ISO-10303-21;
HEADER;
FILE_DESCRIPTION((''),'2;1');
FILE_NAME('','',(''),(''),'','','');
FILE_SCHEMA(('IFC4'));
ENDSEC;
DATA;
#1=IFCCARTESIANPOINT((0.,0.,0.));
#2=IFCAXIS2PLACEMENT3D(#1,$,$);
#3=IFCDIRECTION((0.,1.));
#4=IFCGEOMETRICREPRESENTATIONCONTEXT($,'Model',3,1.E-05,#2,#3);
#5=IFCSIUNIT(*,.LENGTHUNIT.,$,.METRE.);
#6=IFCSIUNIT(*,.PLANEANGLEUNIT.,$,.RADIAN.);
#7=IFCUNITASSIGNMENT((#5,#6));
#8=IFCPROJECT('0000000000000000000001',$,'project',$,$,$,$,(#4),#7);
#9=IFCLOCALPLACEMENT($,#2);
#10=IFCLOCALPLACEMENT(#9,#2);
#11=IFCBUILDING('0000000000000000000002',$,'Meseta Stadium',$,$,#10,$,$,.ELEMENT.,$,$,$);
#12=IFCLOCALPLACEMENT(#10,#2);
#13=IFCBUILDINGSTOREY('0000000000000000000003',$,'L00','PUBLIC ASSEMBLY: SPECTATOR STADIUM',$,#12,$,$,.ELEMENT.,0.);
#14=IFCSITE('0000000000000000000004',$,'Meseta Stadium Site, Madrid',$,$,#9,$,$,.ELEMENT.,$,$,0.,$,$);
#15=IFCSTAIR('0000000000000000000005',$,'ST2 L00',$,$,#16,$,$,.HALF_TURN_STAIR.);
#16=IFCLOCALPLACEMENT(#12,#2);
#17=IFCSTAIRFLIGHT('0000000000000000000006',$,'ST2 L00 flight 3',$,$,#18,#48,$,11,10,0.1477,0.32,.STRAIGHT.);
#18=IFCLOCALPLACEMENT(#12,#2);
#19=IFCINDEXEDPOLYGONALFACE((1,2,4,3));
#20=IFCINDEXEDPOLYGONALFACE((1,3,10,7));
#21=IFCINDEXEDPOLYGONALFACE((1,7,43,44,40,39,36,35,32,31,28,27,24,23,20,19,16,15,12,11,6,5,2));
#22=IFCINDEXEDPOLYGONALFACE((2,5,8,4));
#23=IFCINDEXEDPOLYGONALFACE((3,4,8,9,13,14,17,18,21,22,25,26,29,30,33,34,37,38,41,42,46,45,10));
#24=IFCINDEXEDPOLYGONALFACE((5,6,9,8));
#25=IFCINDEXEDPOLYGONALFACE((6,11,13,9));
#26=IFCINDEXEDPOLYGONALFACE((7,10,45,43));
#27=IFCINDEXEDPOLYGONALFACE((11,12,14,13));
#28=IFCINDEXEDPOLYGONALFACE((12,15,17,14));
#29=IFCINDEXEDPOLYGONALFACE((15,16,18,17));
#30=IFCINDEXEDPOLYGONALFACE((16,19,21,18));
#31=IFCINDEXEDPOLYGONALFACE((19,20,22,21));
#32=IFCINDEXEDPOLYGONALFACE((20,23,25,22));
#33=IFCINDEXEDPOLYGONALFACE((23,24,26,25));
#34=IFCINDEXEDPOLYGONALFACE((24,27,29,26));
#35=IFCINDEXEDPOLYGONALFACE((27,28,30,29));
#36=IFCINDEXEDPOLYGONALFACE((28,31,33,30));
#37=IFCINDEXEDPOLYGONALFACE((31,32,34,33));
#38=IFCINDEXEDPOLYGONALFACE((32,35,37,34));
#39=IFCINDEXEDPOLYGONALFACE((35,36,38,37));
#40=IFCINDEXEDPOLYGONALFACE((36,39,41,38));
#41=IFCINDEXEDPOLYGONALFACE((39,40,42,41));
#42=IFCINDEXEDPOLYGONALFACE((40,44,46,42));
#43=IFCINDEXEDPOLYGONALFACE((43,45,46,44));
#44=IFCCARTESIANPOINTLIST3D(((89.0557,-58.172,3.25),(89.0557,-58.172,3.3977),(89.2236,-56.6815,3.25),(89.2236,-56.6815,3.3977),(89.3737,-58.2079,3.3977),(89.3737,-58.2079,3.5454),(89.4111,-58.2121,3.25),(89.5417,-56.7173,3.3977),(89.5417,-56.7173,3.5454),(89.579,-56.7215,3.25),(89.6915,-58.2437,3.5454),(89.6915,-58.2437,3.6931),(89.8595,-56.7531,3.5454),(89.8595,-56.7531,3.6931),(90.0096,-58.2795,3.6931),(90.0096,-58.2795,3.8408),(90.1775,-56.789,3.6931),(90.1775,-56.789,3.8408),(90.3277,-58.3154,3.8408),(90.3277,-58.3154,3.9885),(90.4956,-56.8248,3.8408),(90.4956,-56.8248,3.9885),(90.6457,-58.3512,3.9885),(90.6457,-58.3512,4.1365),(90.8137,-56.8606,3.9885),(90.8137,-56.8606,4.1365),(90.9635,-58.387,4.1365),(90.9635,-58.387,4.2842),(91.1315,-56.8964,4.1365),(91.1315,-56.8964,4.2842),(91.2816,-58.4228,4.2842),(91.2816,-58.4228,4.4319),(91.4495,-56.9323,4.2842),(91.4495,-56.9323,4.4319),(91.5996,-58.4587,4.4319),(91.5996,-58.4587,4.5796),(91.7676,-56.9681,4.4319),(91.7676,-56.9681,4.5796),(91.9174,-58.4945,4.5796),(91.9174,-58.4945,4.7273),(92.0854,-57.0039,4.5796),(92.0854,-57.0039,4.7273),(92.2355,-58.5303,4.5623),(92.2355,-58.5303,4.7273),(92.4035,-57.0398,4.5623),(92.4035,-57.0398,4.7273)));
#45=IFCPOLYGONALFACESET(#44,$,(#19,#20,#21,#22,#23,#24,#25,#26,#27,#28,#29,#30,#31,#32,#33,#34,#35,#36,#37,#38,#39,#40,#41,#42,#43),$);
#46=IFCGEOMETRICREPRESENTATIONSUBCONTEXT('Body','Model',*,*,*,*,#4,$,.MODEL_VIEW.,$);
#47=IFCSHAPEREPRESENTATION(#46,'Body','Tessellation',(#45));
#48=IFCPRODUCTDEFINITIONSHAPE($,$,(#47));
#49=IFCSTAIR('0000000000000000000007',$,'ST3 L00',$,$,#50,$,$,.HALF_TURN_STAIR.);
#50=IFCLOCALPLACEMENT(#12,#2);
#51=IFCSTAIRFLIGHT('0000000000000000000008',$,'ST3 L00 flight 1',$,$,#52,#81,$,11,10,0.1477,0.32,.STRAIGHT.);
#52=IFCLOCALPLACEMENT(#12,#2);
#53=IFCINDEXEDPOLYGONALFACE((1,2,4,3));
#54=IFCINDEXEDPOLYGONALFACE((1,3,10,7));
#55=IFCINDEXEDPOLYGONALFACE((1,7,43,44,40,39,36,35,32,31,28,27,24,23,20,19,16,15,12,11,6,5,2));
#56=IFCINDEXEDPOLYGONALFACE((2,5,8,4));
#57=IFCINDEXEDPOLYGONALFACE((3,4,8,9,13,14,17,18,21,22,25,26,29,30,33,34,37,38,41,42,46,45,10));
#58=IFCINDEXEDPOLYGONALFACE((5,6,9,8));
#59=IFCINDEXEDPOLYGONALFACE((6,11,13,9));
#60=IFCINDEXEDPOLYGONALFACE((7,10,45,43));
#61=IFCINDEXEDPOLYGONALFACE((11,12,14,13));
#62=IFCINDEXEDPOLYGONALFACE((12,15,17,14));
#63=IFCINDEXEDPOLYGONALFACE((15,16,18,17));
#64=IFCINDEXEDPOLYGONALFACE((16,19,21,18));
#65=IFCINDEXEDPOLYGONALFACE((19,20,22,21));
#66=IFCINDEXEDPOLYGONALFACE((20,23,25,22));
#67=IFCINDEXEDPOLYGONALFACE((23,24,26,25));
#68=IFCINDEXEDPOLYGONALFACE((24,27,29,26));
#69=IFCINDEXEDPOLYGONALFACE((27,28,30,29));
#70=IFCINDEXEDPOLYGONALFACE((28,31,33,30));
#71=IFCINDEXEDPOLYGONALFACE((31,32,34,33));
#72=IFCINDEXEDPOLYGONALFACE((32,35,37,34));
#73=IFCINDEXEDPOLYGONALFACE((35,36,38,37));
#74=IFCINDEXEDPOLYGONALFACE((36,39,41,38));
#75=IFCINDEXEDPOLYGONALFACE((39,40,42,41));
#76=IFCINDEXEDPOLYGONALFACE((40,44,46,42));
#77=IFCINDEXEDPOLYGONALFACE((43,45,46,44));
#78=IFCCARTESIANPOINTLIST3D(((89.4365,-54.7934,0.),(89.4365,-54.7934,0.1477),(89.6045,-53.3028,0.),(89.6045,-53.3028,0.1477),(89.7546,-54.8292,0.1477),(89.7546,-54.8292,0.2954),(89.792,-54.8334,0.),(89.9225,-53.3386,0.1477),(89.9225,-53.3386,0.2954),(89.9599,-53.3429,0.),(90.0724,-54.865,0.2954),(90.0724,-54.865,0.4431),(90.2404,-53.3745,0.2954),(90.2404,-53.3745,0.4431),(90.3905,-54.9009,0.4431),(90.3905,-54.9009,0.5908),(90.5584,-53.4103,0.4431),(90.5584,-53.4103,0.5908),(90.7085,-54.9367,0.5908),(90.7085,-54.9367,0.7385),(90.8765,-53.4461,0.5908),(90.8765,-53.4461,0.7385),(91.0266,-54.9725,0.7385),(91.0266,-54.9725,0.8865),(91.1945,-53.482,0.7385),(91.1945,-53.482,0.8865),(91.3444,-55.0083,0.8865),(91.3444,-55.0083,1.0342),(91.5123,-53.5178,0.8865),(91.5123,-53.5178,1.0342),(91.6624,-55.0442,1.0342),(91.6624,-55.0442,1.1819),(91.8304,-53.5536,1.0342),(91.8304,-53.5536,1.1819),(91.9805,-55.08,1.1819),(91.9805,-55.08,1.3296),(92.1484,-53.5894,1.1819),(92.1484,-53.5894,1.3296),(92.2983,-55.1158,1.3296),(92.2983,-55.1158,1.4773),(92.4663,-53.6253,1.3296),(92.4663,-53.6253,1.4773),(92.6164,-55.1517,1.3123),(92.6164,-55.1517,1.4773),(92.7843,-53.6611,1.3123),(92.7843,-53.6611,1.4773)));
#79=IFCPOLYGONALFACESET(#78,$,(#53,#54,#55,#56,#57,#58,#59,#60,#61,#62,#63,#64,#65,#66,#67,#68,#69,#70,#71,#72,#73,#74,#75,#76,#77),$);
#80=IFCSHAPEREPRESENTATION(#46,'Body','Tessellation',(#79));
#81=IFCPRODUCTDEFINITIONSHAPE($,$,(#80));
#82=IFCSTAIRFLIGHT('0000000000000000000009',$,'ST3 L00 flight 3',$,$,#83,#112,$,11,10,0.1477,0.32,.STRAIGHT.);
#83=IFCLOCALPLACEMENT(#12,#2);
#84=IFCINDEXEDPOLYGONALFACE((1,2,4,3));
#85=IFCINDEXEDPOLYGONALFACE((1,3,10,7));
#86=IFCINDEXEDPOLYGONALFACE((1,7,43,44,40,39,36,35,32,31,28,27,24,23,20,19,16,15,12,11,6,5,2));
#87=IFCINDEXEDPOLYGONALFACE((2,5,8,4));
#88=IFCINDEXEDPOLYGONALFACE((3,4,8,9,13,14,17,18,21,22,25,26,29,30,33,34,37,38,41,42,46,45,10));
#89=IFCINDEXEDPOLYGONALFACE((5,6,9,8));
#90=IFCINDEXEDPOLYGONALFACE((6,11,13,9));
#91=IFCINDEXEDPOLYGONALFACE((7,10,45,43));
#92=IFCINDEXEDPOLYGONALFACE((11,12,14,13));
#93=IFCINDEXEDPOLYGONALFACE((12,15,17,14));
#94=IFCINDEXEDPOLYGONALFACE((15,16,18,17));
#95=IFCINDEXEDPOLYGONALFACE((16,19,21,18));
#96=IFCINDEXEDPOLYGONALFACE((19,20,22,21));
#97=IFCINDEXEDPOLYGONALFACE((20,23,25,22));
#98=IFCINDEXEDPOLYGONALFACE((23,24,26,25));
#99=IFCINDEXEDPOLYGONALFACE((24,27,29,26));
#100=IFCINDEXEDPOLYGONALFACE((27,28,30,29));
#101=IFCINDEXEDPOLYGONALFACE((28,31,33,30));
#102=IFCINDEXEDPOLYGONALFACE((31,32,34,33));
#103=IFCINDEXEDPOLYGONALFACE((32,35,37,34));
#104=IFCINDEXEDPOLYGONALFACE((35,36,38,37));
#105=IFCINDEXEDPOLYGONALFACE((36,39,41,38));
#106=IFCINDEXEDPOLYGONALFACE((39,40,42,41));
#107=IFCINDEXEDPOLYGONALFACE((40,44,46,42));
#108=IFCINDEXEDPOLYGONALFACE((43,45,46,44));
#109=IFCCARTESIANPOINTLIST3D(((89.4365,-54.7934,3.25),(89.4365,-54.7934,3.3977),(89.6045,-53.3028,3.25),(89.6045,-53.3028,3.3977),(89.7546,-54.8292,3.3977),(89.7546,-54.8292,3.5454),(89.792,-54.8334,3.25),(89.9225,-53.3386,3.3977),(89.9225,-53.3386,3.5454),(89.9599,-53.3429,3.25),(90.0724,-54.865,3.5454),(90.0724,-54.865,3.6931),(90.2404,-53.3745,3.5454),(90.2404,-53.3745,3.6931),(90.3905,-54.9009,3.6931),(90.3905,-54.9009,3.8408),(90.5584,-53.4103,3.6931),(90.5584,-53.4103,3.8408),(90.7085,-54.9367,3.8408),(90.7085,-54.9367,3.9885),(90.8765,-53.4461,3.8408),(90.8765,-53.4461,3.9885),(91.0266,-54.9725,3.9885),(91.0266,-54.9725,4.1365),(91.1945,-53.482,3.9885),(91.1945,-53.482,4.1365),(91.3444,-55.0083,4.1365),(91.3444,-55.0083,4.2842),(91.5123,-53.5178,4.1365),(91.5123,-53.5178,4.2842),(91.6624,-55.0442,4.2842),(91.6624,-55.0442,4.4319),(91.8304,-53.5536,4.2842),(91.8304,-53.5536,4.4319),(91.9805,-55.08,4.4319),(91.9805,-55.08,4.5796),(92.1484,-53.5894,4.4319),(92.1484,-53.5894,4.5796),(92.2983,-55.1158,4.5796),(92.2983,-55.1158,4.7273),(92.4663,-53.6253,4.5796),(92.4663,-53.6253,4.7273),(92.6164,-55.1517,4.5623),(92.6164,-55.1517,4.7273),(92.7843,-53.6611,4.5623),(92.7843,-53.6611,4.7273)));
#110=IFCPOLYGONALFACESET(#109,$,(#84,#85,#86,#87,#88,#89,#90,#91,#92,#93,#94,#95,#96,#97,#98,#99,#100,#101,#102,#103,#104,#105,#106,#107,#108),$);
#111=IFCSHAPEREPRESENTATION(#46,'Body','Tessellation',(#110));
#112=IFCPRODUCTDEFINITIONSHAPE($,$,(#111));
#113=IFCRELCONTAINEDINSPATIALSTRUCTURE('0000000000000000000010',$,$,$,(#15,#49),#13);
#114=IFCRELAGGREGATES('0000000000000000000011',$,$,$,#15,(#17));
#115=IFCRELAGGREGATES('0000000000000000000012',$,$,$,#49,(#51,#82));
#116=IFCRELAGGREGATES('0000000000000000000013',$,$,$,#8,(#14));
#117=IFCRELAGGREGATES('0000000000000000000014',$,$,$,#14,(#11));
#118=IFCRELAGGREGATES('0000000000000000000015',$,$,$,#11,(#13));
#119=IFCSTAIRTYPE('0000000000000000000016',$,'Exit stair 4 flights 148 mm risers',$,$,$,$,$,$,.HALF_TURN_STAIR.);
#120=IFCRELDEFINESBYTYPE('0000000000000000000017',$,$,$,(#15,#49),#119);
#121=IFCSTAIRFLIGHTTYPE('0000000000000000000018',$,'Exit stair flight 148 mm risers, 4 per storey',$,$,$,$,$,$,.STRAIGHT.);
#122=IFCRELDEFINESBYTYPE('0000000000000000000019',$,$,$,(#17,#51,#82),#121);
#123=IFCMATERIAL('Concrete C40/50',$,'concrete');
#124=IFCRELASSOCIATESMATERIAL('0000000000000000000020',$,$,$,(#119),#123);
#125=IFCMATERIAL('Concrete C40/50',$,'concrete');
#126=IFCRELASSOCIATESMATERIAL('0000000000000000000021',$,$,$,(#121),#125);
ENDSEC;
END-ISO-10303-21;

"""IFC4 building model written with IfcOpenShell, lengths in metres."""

from ifc_helpers import new_model, si_unit, direction, frame, origin, place, context, subcontext, project, spatial, polyline, outline, extrude, material, type_object, element, aggregate, save


model = new_model("IFC4")

# Units and contexts
model_context = context("Model", 3, precision=1e-05, world=origin(), true_north=direction((0.0, 1.0)))
body_context = subcontext(model_context, "Body", "Model", "MODEL_VIEW")
ifc_project = project(units=[si_unit("LENGTHUNIT", "METRE"), si_unit("PLANEANGLEUNIT", "RADIAN")], contexts=[model_context])

# Site, building, storey
site_placement = place(None, origin())
site = spatial("IfcSite", under=ifc_project, at=site_placement, Name="Meseta Stadium Site, Madrid", CompositionType="ELEMENT", RefElevation=0.0)
building_placement = place(site_placement, origin())
building = spatial("IfcBuilding", under=site, at=building_placement, Name="Meseta Stadium", CompositionType="ELEMENT")
storey_placement = place(building_placement, origin())
storey = spatial("IfcBuildingStorey", under=building, at=storey_placement, Name="L00", Description="PUBLIC ASSEMBLY: SPECTATOR STADIUM", CompositionType="ELEMENT", Elevation=0.0)

# Stairs, stair flights
ifc_material_1 = material(Name="Concrete C40/50", Category="concrete")
stair_type = type_object("IfcStairType", Name="Exit stair 4 flights 148 mm risers", PredefinedType="HALF_TURN_STAIR", material=ifc_material_1)
ifc_material_2 = material(Name="Concrete C40/50", Category="concrete")
stair_flight_type = type_object("IfcStairFlightType", Name="Exit stair flight 148 mm risers, 4 per storey", PredefinedType="STRAIGHT", material=ifc_material_2)
stair_1_placement = place(storey_placement, origin())
stair_1 = element("IfcStair", 1, at=stair_1_placement, inside=storey, type_object=stair_type, Name="ST2 L00", PredefinedType="HALF_TURN_STAIR")
stair_flight_1_placement = place(storey_placement, frame((89.1396, -57.4268, 3.25), z_axis=(0.0, 0.0, 1.0), x_axis=(0.993712, -0.111964, 0.0)))
stair_flight_1 = element("IfcStairFlight", 2, at=stair_flight_1_placement, type_object=stair_flight_type, Name="ST2 L00 flight 3", NumberOfRisers=11, NumberOfTreads=10, PredefinedType="STRAIGHT", RiserHeight=0.1477, TreadLength=0.32, context=body_context, shape_type="SweptSolid", body=[
    extrude(outline(polyline([(0.0, 0.0), (0.0, 0.1477), (0.3201, 0.1477), (0.3201, 0.2954), (0.6399, 0.2954), (0.6399, 0.4431), (0.96, 0.4431), (0.96, 0.5908), (1.28, 0.5908), (1.28, 0.7385), (1.6001, 0.7385), (1.6001, 0.8865), (1.9199, 0.8865), (1.9199, 1.0342), (2.24, 1.0342), (2.24, 1.1819), (2.5601, 1.1819), (2.5601, 1.3296), (2.8799, 1.3296), (2.8799, 1.4773), (3.2, 1.4773), (3.2, 1.3123), (0.3577, 0.0), (0.0, 0.0)])), frame((0.0, 0.75, 0.0), z_axis=(0.0, -1.0, 0.0), x_axis=(1.0, 0.0, 0.0)), (0.0, 0.0, 1.0), 1.5),
])
aggregate(stair_1, [stair_flight_1])
stair_2_placement = place(storey_placement, origin())
stair_2 = element("IfcStair", 3, at=stair_2_placement, inside=storey, type_object=stair_type, Name="ST3 L00", PredefinedType="HALF_TURN_STAIR")
stair_flight_2_placement = place(storey_placement, frame((89.5205, -54.0481, 0.0), z_axis=(0.0, 0.0, 1.0), x_axis=(0.993712, -0.111964, 0.0)))
stair_flight_2 = element("IfcStairFlight", 4, at=stair_flight_2_placement, type_object=stair_flight_type, Name="ST3 L00 flight 1", NumberOfRisers=11, NumberOfTreads=10, PredefinedType="STRAIGHT", RiserHeight=0.1477, TreadLength=0.32, context=body_context, shape_type="SweptSolid", body=[
    extrude(outline(polyline([(0.0, 0.0), (0.0, 0.1477), (0.3201, 0.1477), (0.3201, 0.2954), (0.6399, 0.2954), (0.6399, 0.4431), (0.96, 0.4431), (0.96, 0.5908), (1.28, 0.5908), (1.28, 0.7385), (1.6001, 0.7385), (1.6001, 0.8865), (1.9199, 0.8865), (1.9199, 1.0342), (2.24, 1.0342), (2.24, 1.1819), (2.5601, 1.1819), (2.5601, 1.3296), (2.8799, 1.3296), (2.8799, 1.4773), (3.2, 1.4773), (3.2, 1.3123), (0.3577, 0.0), (0.0, 0.0)])), frame((0.0, 0.75, 0.0), z_axis=(0.0, -1.0, 0.0), x_axis=(1.0, 0.0, 0.0)), (0.0, 0.0, 1.0), 1.5),
])
stair_flight_3_placement = place(storey_placement, frame((89.5205, -54.0481, 3.25), z_axis=(0.0, 0.0, 1.0), x_axis=(0.993712, -0.111964, 0.0)))
stair_flight_3 = element("IfcStairFlight", 5, at=stair_flight_3_placement, type_object=stair_flight_type, Name="ST3 L00 flight 3", NumberOfRisers=11, NumberOfTreads=10, PredefinedType="STRAIGHT", RiserHeight=0.1477, TreadLength=0.32, context=body_context, shape_type="SweptSolid", body=[
    extrude(outline(polyline([(0.0, 0.0), (0.0, 0.1477), (0.3201, 0.1477), (0.3201, 0.2954), (0.6399, 0.2954), (0.6399, 0.4431), (0.96, 0.4431), (0.96, 0.5908), (1.28, 0.5908), (1.28, 0.7385), (1.6001, 0.7385), (1.6001, 0.8865), (1.9199, 0.8865), (1.9199, 1.0342), (2.24, 1.0342), (2.24, 1.1819), (2.5601, 1.1819), (2.5601, 1.3296), (2.8799, 1.3296), (2.8799, 1.4773), (3.2, 1.4773), (3.2, 1.3123), (0.3577, 0.0), (0.0, 0.0)])), frame((0.0, 0.75, 0.0), z_axis=(0.0, -1.0, 0.0), x_axis=(1.0, 0.0, 0.0)), (0.0, 0.0, 1.0), 1.5),
])
aggregate(stair_2, [stair_flight_2, stair_flight_3])

save(model, "model.ifc")
